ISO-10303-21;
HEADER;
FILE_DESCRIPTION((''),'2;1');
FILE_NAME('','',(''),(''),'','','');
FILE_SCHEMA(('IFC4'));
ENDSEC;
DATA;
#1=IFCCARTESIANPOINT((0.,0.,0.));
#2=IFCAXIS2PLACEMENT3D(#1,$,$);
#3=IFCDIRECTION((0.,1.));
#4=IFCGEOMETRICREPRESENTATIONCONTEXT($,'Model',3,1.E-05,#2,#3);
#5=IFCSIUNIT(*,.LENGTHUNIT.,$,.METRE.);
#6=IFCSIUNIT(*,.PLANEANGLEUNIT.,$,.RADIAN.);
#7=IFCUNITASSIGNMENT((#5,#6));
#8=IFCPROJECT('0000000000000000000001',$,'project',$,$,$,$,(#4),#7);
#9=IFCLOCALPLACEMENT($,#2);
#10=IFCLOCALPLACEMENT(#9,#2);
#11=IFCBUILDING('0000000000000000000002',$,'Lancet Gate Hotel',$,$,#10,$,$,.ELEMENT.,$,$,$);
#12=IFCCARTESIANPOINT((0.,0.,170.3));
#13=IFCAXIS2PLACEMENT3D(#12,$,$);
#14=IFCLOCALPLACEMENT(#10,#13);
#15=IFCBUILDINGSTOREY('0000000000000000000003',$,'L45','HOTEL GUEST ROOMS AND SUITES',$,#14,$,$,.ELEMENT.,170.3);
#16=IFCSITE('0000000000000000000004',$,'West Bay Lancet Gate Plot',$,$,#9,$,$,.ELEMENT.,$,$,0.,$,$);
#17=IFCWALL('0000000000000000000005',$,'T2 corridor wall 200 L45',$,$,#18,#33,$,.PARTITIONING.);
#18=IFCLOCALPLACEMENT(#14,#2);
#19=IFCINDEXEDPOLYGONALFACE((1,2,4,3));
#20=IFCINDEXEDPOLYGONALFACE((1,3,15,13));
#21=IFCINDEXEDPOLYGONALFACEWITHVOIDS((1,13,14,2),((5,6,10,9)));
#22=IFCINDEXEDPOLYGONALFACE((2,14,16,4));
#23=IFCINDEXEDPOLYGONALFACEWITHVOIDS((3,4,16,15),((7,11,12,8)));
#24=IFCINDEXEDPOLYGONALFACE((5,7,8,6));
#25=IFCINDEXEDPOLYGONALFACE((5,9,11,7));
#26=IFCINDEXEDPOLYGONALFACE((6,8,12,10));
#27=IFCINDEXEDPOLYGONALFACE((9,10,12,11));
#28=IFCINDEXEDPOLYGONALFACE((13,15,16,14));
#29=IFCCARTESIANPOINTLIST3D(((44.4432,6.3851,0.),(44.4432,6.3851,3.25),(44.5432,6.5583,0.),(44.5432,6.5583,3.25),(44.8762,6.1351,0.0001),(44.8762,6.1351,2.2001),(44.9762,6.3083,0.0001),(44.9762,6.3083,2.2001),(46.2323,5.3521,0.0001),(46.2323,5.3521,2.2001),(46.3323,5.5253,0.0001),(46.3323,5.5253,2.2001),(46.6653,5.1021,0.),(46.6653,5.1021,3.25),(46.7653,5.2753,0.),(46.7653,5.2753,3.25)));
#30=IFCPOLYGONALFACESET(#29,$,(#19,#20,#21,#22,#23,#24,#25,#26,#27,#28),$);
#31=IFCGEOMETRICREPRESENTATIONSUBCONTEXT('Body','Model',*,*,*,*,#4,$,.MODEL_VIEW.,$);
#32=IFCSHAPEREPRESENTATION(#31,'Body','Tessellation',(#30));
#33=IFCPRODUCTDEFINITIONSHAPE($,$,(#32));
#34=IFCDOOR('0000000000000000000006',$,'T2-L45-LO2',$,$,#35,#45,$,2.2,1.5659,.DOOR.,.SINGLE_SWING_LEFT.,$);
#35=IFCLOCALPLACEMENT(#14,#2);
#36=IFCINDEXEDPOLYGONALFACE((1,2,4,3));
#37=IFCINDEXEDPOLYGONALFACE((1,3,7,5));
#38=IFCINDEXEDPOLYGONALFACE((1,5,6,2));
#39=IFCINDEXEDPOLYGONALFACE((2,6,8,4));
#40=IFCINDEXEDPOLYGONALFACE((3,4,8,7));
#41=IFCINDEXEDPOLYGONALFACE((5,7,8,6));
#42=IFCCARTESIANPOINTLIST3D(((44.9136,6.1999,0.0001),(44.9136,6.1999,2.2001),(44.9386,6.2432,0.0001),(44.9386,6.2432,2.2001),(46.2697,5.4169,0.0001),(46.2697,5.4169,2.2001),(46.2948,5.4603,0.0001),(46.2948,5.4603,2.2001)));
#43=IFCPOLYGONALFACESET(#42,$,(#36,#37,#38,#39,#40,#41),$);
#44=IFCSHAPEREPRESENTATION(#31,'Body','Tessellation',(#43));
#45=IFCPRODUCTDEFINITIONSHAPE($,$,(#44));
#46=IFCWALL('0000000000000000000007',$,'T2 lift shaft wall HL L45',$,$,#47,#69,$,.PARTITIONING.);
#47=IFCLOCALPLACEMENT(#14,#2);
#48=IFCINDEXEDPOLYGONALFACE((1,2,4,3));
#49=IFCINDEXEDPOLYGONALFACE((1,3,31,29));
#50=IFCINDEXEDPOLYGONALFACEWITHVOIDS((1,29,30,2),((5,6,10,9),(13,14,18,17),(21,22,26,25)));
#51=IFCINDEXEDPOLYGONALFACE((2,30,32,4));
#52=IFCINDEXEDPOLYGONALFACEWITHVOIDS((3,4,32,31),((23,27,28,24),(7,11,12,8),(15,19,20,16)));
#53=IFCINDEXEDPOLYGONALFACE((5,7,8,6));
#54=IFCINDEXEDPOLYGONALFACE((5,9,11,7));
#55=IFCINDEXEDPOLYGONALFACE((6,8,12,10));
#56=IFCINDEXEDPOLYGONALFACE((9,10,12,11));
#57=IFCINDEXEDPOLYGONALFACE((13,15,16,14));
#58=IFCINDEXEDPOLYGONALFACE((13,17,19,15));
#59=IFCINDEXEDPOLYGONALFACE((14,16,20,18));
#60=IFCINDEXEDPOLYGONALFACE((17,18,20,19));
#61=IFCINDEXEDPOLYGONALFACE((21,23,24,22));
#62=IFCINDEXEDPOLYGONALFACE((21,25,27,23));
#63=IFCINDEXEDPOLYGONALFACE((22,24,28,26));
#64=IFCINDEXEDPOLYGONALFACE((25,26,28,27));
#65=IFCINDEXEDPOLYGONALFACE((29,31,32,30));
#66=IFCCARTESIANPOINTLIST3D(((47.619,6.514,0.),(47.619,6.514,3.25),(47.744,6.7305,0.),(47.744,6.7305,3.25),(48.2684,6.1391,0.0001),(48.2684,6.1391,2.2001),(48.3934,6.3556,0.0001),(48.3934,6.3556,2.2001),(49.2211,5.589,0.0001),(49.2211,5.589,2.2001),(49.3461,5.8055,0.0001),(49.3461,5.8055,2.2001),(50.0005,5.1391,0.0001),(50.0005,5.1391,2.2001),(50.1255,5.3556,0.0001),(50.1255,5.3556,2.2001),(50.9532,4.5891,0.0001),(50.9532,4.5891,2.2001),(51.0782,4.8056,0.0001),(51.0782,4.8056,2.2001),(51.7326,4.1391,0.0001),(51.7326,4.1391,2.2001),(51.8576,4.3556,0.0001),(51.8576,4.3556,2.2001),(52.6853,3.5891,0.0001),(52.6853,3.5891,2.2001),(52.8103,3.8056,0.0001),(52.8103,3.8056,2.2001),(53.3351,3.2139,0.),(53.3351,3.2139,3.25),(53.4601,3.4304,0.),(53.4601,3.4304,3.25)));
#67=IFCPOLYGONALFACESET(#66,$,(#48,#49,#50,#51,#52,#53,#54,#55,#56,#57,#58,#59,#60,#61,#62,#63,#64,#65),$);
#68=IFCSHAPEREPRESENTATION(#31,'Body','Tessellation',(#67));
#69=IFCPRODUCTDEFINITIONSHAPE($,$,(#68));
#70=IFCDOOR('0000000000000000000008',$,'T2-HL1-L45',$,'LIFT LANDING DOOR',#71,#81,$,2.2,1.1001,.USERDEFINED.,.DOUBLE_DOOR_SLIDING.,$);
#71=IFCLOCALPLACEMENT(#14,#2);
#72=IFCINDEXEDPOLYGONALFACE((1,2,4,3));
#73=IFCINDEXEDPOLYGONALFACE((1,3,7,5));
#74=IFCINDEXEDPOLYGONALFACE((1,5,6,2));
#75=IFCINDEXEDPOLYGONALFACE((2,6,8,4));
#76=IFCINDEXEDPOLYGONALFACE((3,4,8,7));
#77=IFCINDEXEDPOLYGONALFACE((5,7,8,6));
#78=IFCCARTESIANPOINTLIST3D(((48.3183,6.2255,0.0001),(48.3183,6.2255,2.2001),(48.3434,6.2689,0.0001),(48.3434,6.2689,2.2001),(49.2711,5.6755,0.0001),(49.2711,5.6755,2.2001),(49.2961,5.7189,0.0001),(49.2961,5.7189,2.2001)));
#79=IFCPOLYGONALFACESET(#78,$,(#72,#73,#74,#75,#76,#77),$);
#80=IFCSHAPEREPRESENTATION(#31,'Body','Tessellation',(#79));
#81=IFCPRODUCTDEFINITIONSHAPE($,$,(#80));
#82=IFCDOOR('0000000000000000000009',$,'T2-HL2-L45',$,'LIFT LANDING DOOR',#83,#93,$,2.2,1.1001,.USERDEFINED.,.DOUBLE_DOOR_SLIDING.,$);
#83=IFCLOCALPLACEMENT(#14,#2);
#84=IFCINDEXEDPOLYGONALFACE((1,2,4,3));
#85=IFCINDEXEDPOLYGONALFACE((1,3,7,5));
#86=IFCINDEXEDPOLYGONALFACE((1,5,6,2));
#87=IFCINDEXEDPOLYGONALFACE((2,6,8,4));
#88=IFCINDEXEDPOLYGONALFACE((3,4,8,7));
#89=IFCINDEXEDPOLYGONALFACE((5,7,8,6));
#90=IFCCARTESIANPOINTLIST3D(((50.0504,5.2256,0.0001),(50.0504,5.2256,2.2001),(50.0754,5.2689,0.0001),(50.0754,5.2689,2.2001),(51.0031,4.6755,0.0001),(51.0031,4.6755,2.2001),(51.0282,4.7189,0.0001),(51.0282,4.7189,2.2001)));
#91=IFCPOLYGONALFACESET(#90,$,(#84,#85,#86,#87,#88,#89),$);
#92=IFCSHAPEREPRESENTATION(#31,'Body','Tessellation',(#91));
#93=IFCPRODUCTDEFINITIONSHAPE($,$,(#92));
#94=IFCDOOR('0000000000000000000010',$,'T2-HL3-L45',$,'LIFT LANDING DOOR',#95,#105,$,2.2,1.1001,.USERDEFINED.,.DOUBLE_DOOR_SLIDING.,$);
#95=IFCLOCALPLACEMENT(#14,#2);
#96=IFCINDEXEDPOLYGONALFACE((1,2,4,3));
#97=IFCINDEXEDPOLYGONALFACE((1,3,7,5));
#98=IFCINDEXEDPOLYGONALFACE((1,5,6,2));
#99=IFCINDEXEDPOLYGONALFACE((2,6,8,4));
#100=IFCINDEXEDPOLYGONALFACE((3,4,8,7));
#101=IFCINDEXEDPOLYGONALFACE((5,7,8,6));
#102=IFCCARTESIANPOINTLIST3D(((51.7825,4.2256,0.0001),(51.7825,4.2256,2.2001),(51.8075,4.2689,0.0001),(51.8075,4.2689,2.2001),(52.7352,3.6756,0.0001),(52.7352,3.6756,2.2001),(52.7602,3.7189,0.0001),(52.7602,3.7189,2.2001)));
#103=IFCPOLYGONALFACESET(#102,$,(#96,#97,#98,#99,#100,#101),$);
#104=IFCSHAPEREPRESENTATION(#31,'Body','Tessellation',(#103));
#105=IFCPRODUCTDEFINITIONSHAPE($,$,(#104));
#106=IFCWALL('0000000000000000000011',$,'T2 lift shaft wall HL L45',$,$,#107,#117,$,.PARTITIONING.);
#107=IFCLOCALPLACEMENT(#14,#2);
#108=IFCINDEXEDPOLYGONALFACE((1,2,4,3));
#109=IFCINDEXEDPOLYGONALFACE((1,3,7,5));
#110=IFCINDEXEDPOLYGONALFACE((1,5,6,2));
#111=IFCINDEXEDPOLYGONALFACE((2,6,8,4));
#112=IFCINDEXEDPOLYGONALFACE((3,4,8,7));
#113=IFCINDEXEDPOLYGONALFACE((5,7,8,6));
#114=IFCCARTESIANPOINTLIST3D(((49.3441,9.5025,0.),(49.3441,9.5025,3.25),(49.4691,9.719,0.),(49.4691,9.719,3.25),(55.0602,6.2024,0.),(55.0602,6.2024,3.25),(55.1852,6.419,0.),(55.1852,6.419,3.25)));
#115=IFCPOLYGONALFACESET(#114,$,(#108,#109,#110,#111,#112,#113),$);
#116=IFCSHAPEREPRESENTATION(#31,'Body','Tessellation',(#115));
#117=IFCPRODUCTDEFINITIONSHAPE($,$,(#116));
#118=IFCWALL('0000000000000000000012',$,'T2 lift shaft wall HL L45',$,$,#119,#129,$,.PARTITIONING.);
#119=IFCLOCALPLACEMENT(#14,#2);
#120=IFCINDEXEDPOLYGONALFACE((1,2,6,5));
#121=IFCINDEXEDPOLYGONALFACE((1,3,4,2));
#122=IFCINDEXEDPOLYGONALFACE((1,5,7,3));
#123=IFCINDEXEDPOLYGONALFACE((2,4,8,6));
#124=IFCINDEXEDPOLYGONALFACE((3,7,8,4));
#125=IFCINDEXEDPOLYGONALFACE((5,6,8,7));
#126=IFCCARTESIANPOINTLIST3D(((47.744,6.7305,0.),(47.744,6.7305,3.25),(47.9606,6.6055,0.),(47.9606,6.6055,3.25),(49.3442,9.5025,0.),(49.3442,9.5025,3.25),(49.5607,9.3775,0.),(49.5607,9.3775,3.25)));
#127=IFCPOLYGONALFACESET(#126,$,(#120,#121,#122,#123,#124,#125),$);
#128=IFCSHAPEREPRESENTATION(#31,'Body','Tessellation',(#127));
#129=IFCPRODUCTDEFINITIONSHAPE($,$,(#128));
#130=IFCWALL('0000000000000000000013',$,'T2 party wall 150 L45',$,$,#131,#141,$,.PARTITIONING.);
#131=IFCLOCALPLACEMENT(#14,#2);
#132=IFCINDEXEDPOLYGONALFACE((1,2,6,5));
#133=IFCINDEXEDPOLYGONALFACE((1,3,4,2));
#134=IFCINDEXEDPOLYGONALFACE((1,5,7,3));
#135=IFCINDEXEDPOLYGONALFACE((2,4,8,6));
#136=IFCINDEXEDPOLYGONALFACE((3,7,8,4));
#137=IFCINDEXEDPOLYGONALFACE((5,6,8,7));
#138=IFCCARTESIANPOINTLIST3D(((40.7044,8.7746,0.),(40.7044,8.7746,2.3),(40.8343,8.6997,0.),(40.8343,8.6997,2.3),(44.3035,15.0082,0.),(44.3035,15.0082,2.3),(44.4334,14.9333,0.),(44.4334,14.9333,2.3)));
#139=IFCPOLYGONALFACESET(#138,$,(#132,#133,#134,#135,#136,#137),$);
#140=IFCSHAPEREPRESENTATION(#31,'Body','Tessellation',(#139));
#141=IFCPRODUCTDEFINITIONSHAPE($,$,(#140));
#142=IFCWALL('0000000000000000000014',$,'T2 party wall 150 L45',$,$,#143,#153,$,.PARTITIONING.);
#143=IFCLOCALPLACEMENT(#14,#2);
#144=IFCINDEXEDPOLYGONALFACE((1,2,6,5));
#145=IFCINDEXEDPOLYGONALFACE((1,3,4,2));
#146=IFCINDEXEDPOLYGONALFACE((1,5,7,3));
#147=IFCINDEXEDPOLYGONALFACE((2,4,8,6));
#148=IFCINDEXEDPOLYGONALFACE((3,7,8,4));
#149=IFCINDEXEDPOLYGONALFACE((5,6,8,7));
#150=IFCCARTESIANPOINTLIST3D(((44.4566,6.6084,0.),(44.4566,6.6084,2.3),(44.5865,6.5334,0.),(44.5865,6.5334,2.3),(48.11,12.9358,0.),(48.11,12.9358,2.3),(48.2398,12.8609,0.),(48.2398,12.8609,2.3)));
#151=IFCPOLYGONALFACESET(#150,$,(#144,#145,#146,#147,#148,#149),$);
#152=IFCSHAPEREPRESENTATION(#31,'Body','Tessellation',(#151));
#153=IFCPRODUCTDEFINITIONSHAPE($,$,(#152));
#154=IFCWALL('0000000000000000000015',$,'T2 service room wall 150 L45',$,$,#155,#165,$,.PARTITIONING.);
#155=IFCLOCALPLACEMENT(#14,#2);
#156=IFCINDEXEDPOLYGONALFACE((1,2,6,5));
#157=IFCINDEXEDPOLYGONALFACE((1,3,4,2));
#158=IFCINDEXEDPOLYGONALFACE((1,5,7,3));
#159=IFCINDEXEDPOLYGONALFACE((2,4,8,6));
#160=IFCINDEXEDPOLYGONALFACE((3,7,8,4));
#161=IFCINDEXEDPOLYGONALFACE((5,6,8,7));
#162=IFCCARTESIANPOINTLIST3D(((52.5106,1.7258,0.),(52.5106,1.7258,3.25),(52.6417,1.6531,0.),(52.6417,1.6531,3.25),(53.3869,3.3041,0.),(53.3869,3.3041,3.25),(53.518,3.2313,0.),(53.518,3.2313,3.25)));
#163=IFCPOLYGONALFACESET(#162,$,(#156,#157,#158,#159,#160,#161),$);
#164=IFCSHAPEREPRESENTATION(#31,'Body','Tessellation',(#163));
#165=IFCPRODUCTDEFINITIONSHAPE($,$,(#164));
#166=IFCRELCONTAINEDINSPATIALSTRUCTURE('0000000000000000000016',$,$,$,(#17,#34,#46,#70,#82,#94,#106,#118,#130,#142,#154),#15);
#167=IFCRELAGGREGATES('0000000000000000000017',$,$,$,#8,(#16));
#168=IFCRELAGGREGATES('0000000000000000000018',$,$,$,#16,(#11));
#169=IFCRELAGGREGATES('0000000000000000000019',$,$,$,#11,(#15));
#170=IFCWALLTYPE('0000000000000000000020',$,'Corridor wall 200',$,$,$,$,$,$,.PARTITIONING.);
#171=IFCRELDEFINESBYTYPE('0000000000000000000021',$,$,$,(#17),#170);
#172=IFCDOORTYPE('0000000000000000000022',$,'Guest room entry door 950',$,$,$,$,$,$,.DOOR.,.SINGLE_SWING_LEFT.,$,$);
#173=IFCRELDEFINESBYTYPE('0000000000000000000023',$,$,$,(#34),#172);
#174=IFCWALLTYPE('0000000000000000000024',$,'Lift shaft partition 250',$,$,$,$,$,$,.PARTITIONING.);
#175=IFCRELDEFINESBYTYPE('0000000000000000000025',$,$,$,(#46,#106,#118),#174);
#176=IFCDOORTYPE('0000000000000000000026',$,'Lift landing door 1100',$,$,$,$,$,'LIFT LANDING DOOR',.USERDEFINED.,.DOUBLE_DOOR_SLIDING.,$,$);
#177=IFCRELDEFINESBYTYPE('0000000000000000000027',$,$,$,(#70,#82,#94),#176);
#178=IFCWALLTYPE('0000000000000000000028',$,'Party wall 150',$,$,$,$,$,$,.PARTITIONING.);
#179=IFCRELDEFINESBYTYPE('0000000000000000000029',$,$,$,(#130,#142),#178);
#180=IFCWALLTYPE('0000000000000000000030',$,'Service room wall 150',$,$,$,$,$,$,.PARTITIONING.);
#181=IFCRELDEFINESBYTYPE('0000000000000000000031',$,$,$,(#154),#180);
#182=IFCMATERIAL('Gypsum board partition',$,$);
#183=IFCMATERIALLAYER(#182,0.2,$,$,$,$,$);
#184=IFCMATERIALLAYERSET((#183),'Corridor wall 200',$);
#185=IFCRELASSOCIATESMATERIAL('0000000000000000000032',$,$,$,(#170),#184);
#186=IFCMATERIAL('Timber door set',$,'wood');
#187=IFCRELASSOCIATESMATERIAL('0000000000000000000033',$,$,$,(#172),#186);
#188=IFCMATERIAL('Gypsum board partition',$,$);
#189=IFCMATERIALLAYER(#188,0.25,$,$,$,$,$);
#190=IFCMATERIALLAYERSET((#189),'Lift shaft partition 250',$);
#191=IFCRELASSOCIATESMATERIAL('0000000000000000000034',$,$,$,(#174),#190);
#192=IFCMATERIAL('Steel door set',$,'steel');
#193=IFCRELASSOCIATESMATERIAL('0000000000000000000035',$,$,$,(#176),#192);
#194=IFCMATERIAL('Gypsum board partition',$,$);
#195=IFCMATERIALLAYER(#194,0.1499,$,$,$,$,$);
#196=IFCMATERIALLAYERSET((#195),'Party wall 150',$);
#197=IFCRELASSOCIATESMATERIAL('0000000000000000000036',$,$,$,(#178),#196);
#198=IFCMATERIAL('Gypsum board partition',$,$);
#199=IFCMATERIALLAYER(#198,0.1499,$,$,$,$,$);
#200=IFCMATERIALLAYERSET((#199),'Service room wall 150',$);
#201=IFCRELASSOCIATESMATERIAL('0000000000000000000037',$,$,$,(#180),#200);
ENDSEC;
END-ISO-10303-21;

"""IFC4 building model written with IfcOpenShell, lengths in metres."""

from ifc_helpers import new_model, si_unit, direction, frame, frame_2d, origin, place, context, subcontext, project, spatial, rectangle, extrude, material, layer, layer_set, type_object, element, fill, save


model = new_model("IFC4")

# Units and contexts
model_context = context("Model", 3, precision=1e-05, world=origin(), true_north=direction((0.0, 1.0)))
body_context = subcontext(model_context, "Body", "Model", "MODEL_VIEW")
ifc_project = project(units=[si_unit("LENGTHUNIT", "METRE"), si_unit("PLANEANGLEUNIT", "RADIAN")], contexts=[model_context])

# Site, building, storey
site_placement = place(None, origin())
site = spatial("IfcSite", under=ifc_project, at=site_placement, Name="West Bay Lancet Gate Plot", CompositionType="ELEMENT", RefElevation=0.0)
building_placement = place(site_placement, origin())
building = spatial("IfcBuilding", under=site, at=building_placement, Name="Lancet Gate Hotel", CompositionType="ELEMENT")
storey_placement = place(building_placement, frame((0.0, 0.0, 170.3)))
storey = spatial("IfcBuildingStorey", under=building, at=storey_placement, Name="L45", Description="HOTEL GUEST ROOMS AND SUITES", CompositionType="ELEMENT", Elevation=170.3)

# Wall, opening, door
ifc_material_1 = material(Name="Gypsum board partition")
ifc_layer_1 = layer(ifc_material_1, 0.2)
ifc_layer_set_1 = layer_set([ifc_layer_1], Name="Corridor wall 200")
wall_type_1 = type_object("IfcWallType", Name="Corridor wall 200", PredefinedType="PARTITIONING", material=ifc_layer_set_1)
wall_1_placement = place(storey_placement, frame((44.4932, 6.4717, 0.0), z_axis=(0.0, 0.0, 1.0), x_axis=(0.866027, -0.499997, 0.0)))
wall_1 = element("IfcWall", 1, at=wall_1_placement, inside=storey, type_object=wall_type_1, Name="T2 corridor wall 200 L45", PredefinedType="PARTITIONING", context=body_context, shape_type="SweptSolid", body=[
    extrude(rectangle(XDim=2.5659, YDim=0.2, at=frame_2d((1.283, 0.0))), origin(), (0.0, 0.0, 1.0), 3.25),
])
opening_1_placement = place(wall_1_placement, frame((0.5, 0.0, 0.0)))
opening_1 = element("IfcOpeningElement", 2, at=opening_1_placement, cuts=wall_1, PredefinedType="OPENING", context=body_context, shape_type="SweptSolid", body=[
    extrude(rectangle(XDim=1.5659, YDim=2.2, at=frame_2d((0.783, 1.1001))), frame((0.0, 0.1099, 0.0), z_axis=(0.0, -1.0, 0.0), x_axis=(1.0, 0.0, 0.0)), (0.0, 0.0, 1.0), 0.22),
])
ifc_material_2 = material(Name="Timber door set", Category="wood")
door_type_1 = type_object("IfcDoorType", Name="Guest room entry door 950", OperationType="SINGLE_SWING_LEFT", PredefinedType="DOOR", material=ifc_material_2)
door_1_placement = place(opening_1_placement, origin())
door_1 = element("IfcDoor", 3, at=door_1_placement, inside=storey, type_object=door_type_1, Name="T2-L45-LO2", OperationType="SINGLE_SWING_LEFT", OverallHeight=2.2, OverallWidth=1.5659, PredefinedType="DOOR", context=body_context, shape_type="SweptSolid", body=[
    extrude(rectangle(XDim=1.5659, YDim=2.2, at=frame_2d((0.783, 1.1001))), frame((0.0, 0.0249, 0.0), z_axis=(0.0, -1.0, 0.0), x_axis=(1.0, 0.0, 0.0)), (0.0, 0.0, 1.0), 0.05),
])
fill(opening_1, door_1)

# Wall, openings, doors
ifc_material_3 = material(Name="Gypsum board partition")
ifc_layer_2 = layer(ifc_material_3, 0.25)
ifc_layer_set_2 = layer_set([ifc_layer_2], Name="Lift shaft partition 250")
wall_type_2 = type_object("IfcWallType", Name="Lift shaft partition 250", PredefinedType="PARTITIONING", material=ifc_layer_set_2)
wall_2_placement = place(storey_placement, frame((47.6814, 6.6223, 0.0), z_axis=(0.0, 0.0, 1.0), x_axis=(0.866033, -0.499986, 0.0)))
wall_2 = element("IfcWall", 4, at=wall_2_placement, inside=storey, type_object=wall_type_2, Name="T2 lift shaft wall HL L45", PredefinedType="PARTITIONING", context=body_context, shape_type="SweptSolid", body=[
    extrude(rectangle(XDim=6.6003, YDim=0.25, at=frame_2d((3.3003, 0.0))), origin(), (0.0, 0.0, 1.0), 3.25),
])
opening_2_placement = place(wall_2_placement, frame((0.75, 0.0, 0.0)))
opening_2 = element("IfcOpeningElement", 5, at=opening_2_placement, cuts=wall_2, PredefinedType="OPENING", context=body_context, shape_type="SweptSolid", body=[
    extrude(rectangle(XDim=1.1001, YDim=2.2, at=frame_2d((0.55, 1.1001))), frame((0.0, 0.135, 0.0), z_axis=(0.0, -1.0, 0.0), x_axis=(1.0, 0.0, 0.0)), (0.0, 0.0, 1.0), 0.27),
])
opening_3_placement = place(wall_2_placement, frame((2.75, 0.0, 0.0)))
opening_3 = element("IfcOpeningElement", 6, at=opening_3_placement, cuts=wall_2, PredefinedType="OPENING", context=body_context, shape_type="SweptSolid", body=[
    extrude(rectangle(XDim=1.1001, YDim=2.2, at=frame_2d((0.55, 1.1001))), frame((0.0, 0.135, 0.0), z_axis=(0.0, -1.0, 0.0), x_axis=(1.0, 0.0, 0.0)), (0.0, 0.0, 1.0), 0.27),
])
opening_4_placement = place(wall_2_placement, frame((4.75, 0.0, 0.0)))
opening_4 = element("IfcOpeningElement", 7, at=opening_4_placement, cuts=wall_2, PredefinedType="OPENING", context=body_context, shape_type="SweptSolid", body=[
    extrude(rectangle(XDim=1.1001, YDim=2.2, at=frame_2d((0.55, 1.1001))), frame((0.0, 0.135, 0.0), z_axis=(0.0, -1.0, 0.0), x_axis=(1.0, 0.0, 0.0)), (0.0, 0.0, 1.0), 0.27),
])
ifc_material_4 = material(Name="Steel door set", Category="steel")
door_type_2 = type_object("IfcDoorType", Name="Lift landing door 1100", ElementType="LIFT LANDING DOOR", OperationType="DOUBLE_DOOR_SLIDING", PredefinedType="USERDEFINED", material=ifc_material_4)
door_2_placement = place(opening_2_placement, origin())
door_2 = element("IfcDoor", 8, at=door_2_placement, inside=storey, type_object=door_type_2, Name="T2-HL1-L45", ObjectType="LIFT LANDING DOOR", OperationType="DOUBLE_DOOR_SLIDING", OverallHeight=2.2, OverallWidth=1.1001, PredefinedType="USERDEFINED", context=body_context, shape_type="SweptSolid", body=[
    extrude(rectangle(XDim=1.1001, YDim=2.2, at=frame_2d((0.55, 1.1001))), frame((0.0, 0.0249, 0.0), z_axis=(0.0, -1.0, 0.0), x_axis=(1.0, 0.0, 0.0)), (0.0, 0.0, 1.0), 0.05),
])
fill(opening_2, door_2)
door_3_placement = place(opening_3_placement, origin())
door_3 = element("IfcDoor", 9, at=door_3_placement, inside=storey, type_object=door_type_2, Name="T2-HL2-L45", ObjectType="LIFT LANDING DOOR", OperationType="DOUBLE_DOOR_SLIDING", OverallHeight=2.2, OverallWidth=1.1001, PredefinedType="USERDEFINED", context=body_context, shape_type="SweptSolid", body=[
    extrude(rectangle(XDim=1.1001, YDim=2.2, at=frame_2d((0.55, 1.1001))), frame((0.0, 0.0249, 0.0), z_axis=(0.0, -1.0, 0.0), x_axis=(1.0, 0.0, 0.0)), (0.0, 0.0, 1.0), 0.05),
])
fill(opening_3, door_3)
door_4_placement = place(opening_4_placement, origin())
door_4 = element("IfcDoor", 10, at=door_4_placement, inside=storey, type_object=door_type_2, Name="T2-HL3-L45", ObjectType="LIFT LANDING DOOR", OperationType="DOUBLE_DOOR_SLIDING", OverallHeight=2.2, OverallWidth=1.1001, PredefinedType="USERDEFINED", context=body_context, shape_type="SweptSolid", body=[
    extrude(rectangle(XDim=1.1001, YDim=2.2, at=frame_2d((0.55, 1.1001))), frame((0.0, 0.0249, 0.0), z_axis=(0.0, -1.0, 0.0), x_axis=(1.0, 0.0, 0.0)), (0.0, 0.0, 1.0), 0.05),
])
fill(opening_4, door_4)

# Walls
wall_3_placement = place(storey_placement, frame((49.4065, 9.6108, 0.0), z_axis=(0.0, 0.0, 1.0), x_axis=(0.866033, -0.499986, 0.0)))
element("IfcWall", 11, at=wall_3_placement, inside=storey, type_object=wall_type_2, Name="T2 lift shaft wall HL L45", PredefinedType="PARTITIONING", context=body_context, shape_type="SweptSolid", body=[
    extrude(rectangle(XDim=6.6003, YDim=0.25, at=frame_2d((3.3003, 0.0))), origin(), (0.0, 0.0, 1.0), 3.25),
])
wall_4_placement = place(storey_placement, frame((47.8523, 6.668, 0.0), z_axis=(0.0, 0.0, 1.0), x_axis=(0.499929, 0.866066, 0.0)))
element("IfcWall", 12, at=wall_4_placement, inside=storey, type_object=wall_type_2, Name="T2 lift shaft wall HL L45", PredefinedType="PARTITIONING", context=body_context, shape_type="SweptSolid", body=[
    extrude(rectangle(XDim=3.2007, YDim=0.25, at=frame_2d((1.6003, 0.0))), origin(), (0.0, 0.0, 1.0), 3.25),
])
ifc_material_5 = material(Name="Gypsum board partition")
ifc_layer_3 = layer(ifc_material_5, 0.1499)
ifc_layer_set_3 = layer_set([ifc_layer_3], Name="Party wall 150")
wall_type_3 = type_object("IfcWallType", Name="Party wall 150", PredefinedType="PARTITIONING", material=ifc_layer_set_3)
wall_5_placement = place(storey_placement, frame((40.7693, 8.7371, 0.0), z_axis=(0.0, 0.0, 1.0), x_axis=(0.500013, 0.866018, 0.0)))
element("IfcWall", 13, at=wall_5_placement, inside=storey, type_object=wall_type_3, Name="T2 party wall 150 L45", PredefinedType="PARTITIONING", context=body_context, shape_type="SweptSolid", body=[
    extrude(rectangle(XDim=7.198, YDim=0.1499, at=frame_2d((3.5991, 0.0))), origin(), (0.0, 0.0, 1.0), 2.3),
])
wall_6_placement = place(storey_placement, frame((44.5215, 6.5708, 0.0), z_axis=(0.0, 0.0, 1.0), x_axis=(0.50002, 0.866014, 0.0)))
element("IfcWall", 14, at=wall_6_placement, inside=storey, type_object=wall_type_3, Name="T2 party wall 150 L45", PredefinedType="PARTITIONING", context=body_context, shape_type="SweptSolid", body=[
    extrude(rectangle(XDim=7.3064, YDim=0.1499, at=frame_2d((3.6533, 0.0))), origin(), (0.0, 0.0, 1.0), 2.3),
])
ifc_material_6 = material(Name="Gypsum board partition")
ifc_layer_4 = layer(ifc_material_6, 0.1499)
ifc_layer_set_4 = layer_set([ifc_layer_4], Name="Service room wall 150")
wall_type_4 = type_object("IfcWallType", Name="Service room wall 150", PredefinedType="PARTITIONING", material=ifc_layer_set_4)
wall_7_placement = place(storey_placement, frame((52.5762, 1.6895, 0.0), z_axis=(0.0, 0.0, 1.0), x_axis=(0.485425, 0.874278, 0.0)))
element("IfcWall", 15, at=wall_7_placement, inside=storey, type_object=wall_type_4, Name="T2 service room wall 150 L45", PredefinedType="PARTITIONING", context=body_context, shape_type="SweptSolid", body=[
    extrude(rectangle(XDim=1.8052, YDim=0.1499, at=frame_2d((0.9026, 0.0))), origin(), (0.0, 0.0, 1.0), 3.25),
])

save(model, "model.ifc")
